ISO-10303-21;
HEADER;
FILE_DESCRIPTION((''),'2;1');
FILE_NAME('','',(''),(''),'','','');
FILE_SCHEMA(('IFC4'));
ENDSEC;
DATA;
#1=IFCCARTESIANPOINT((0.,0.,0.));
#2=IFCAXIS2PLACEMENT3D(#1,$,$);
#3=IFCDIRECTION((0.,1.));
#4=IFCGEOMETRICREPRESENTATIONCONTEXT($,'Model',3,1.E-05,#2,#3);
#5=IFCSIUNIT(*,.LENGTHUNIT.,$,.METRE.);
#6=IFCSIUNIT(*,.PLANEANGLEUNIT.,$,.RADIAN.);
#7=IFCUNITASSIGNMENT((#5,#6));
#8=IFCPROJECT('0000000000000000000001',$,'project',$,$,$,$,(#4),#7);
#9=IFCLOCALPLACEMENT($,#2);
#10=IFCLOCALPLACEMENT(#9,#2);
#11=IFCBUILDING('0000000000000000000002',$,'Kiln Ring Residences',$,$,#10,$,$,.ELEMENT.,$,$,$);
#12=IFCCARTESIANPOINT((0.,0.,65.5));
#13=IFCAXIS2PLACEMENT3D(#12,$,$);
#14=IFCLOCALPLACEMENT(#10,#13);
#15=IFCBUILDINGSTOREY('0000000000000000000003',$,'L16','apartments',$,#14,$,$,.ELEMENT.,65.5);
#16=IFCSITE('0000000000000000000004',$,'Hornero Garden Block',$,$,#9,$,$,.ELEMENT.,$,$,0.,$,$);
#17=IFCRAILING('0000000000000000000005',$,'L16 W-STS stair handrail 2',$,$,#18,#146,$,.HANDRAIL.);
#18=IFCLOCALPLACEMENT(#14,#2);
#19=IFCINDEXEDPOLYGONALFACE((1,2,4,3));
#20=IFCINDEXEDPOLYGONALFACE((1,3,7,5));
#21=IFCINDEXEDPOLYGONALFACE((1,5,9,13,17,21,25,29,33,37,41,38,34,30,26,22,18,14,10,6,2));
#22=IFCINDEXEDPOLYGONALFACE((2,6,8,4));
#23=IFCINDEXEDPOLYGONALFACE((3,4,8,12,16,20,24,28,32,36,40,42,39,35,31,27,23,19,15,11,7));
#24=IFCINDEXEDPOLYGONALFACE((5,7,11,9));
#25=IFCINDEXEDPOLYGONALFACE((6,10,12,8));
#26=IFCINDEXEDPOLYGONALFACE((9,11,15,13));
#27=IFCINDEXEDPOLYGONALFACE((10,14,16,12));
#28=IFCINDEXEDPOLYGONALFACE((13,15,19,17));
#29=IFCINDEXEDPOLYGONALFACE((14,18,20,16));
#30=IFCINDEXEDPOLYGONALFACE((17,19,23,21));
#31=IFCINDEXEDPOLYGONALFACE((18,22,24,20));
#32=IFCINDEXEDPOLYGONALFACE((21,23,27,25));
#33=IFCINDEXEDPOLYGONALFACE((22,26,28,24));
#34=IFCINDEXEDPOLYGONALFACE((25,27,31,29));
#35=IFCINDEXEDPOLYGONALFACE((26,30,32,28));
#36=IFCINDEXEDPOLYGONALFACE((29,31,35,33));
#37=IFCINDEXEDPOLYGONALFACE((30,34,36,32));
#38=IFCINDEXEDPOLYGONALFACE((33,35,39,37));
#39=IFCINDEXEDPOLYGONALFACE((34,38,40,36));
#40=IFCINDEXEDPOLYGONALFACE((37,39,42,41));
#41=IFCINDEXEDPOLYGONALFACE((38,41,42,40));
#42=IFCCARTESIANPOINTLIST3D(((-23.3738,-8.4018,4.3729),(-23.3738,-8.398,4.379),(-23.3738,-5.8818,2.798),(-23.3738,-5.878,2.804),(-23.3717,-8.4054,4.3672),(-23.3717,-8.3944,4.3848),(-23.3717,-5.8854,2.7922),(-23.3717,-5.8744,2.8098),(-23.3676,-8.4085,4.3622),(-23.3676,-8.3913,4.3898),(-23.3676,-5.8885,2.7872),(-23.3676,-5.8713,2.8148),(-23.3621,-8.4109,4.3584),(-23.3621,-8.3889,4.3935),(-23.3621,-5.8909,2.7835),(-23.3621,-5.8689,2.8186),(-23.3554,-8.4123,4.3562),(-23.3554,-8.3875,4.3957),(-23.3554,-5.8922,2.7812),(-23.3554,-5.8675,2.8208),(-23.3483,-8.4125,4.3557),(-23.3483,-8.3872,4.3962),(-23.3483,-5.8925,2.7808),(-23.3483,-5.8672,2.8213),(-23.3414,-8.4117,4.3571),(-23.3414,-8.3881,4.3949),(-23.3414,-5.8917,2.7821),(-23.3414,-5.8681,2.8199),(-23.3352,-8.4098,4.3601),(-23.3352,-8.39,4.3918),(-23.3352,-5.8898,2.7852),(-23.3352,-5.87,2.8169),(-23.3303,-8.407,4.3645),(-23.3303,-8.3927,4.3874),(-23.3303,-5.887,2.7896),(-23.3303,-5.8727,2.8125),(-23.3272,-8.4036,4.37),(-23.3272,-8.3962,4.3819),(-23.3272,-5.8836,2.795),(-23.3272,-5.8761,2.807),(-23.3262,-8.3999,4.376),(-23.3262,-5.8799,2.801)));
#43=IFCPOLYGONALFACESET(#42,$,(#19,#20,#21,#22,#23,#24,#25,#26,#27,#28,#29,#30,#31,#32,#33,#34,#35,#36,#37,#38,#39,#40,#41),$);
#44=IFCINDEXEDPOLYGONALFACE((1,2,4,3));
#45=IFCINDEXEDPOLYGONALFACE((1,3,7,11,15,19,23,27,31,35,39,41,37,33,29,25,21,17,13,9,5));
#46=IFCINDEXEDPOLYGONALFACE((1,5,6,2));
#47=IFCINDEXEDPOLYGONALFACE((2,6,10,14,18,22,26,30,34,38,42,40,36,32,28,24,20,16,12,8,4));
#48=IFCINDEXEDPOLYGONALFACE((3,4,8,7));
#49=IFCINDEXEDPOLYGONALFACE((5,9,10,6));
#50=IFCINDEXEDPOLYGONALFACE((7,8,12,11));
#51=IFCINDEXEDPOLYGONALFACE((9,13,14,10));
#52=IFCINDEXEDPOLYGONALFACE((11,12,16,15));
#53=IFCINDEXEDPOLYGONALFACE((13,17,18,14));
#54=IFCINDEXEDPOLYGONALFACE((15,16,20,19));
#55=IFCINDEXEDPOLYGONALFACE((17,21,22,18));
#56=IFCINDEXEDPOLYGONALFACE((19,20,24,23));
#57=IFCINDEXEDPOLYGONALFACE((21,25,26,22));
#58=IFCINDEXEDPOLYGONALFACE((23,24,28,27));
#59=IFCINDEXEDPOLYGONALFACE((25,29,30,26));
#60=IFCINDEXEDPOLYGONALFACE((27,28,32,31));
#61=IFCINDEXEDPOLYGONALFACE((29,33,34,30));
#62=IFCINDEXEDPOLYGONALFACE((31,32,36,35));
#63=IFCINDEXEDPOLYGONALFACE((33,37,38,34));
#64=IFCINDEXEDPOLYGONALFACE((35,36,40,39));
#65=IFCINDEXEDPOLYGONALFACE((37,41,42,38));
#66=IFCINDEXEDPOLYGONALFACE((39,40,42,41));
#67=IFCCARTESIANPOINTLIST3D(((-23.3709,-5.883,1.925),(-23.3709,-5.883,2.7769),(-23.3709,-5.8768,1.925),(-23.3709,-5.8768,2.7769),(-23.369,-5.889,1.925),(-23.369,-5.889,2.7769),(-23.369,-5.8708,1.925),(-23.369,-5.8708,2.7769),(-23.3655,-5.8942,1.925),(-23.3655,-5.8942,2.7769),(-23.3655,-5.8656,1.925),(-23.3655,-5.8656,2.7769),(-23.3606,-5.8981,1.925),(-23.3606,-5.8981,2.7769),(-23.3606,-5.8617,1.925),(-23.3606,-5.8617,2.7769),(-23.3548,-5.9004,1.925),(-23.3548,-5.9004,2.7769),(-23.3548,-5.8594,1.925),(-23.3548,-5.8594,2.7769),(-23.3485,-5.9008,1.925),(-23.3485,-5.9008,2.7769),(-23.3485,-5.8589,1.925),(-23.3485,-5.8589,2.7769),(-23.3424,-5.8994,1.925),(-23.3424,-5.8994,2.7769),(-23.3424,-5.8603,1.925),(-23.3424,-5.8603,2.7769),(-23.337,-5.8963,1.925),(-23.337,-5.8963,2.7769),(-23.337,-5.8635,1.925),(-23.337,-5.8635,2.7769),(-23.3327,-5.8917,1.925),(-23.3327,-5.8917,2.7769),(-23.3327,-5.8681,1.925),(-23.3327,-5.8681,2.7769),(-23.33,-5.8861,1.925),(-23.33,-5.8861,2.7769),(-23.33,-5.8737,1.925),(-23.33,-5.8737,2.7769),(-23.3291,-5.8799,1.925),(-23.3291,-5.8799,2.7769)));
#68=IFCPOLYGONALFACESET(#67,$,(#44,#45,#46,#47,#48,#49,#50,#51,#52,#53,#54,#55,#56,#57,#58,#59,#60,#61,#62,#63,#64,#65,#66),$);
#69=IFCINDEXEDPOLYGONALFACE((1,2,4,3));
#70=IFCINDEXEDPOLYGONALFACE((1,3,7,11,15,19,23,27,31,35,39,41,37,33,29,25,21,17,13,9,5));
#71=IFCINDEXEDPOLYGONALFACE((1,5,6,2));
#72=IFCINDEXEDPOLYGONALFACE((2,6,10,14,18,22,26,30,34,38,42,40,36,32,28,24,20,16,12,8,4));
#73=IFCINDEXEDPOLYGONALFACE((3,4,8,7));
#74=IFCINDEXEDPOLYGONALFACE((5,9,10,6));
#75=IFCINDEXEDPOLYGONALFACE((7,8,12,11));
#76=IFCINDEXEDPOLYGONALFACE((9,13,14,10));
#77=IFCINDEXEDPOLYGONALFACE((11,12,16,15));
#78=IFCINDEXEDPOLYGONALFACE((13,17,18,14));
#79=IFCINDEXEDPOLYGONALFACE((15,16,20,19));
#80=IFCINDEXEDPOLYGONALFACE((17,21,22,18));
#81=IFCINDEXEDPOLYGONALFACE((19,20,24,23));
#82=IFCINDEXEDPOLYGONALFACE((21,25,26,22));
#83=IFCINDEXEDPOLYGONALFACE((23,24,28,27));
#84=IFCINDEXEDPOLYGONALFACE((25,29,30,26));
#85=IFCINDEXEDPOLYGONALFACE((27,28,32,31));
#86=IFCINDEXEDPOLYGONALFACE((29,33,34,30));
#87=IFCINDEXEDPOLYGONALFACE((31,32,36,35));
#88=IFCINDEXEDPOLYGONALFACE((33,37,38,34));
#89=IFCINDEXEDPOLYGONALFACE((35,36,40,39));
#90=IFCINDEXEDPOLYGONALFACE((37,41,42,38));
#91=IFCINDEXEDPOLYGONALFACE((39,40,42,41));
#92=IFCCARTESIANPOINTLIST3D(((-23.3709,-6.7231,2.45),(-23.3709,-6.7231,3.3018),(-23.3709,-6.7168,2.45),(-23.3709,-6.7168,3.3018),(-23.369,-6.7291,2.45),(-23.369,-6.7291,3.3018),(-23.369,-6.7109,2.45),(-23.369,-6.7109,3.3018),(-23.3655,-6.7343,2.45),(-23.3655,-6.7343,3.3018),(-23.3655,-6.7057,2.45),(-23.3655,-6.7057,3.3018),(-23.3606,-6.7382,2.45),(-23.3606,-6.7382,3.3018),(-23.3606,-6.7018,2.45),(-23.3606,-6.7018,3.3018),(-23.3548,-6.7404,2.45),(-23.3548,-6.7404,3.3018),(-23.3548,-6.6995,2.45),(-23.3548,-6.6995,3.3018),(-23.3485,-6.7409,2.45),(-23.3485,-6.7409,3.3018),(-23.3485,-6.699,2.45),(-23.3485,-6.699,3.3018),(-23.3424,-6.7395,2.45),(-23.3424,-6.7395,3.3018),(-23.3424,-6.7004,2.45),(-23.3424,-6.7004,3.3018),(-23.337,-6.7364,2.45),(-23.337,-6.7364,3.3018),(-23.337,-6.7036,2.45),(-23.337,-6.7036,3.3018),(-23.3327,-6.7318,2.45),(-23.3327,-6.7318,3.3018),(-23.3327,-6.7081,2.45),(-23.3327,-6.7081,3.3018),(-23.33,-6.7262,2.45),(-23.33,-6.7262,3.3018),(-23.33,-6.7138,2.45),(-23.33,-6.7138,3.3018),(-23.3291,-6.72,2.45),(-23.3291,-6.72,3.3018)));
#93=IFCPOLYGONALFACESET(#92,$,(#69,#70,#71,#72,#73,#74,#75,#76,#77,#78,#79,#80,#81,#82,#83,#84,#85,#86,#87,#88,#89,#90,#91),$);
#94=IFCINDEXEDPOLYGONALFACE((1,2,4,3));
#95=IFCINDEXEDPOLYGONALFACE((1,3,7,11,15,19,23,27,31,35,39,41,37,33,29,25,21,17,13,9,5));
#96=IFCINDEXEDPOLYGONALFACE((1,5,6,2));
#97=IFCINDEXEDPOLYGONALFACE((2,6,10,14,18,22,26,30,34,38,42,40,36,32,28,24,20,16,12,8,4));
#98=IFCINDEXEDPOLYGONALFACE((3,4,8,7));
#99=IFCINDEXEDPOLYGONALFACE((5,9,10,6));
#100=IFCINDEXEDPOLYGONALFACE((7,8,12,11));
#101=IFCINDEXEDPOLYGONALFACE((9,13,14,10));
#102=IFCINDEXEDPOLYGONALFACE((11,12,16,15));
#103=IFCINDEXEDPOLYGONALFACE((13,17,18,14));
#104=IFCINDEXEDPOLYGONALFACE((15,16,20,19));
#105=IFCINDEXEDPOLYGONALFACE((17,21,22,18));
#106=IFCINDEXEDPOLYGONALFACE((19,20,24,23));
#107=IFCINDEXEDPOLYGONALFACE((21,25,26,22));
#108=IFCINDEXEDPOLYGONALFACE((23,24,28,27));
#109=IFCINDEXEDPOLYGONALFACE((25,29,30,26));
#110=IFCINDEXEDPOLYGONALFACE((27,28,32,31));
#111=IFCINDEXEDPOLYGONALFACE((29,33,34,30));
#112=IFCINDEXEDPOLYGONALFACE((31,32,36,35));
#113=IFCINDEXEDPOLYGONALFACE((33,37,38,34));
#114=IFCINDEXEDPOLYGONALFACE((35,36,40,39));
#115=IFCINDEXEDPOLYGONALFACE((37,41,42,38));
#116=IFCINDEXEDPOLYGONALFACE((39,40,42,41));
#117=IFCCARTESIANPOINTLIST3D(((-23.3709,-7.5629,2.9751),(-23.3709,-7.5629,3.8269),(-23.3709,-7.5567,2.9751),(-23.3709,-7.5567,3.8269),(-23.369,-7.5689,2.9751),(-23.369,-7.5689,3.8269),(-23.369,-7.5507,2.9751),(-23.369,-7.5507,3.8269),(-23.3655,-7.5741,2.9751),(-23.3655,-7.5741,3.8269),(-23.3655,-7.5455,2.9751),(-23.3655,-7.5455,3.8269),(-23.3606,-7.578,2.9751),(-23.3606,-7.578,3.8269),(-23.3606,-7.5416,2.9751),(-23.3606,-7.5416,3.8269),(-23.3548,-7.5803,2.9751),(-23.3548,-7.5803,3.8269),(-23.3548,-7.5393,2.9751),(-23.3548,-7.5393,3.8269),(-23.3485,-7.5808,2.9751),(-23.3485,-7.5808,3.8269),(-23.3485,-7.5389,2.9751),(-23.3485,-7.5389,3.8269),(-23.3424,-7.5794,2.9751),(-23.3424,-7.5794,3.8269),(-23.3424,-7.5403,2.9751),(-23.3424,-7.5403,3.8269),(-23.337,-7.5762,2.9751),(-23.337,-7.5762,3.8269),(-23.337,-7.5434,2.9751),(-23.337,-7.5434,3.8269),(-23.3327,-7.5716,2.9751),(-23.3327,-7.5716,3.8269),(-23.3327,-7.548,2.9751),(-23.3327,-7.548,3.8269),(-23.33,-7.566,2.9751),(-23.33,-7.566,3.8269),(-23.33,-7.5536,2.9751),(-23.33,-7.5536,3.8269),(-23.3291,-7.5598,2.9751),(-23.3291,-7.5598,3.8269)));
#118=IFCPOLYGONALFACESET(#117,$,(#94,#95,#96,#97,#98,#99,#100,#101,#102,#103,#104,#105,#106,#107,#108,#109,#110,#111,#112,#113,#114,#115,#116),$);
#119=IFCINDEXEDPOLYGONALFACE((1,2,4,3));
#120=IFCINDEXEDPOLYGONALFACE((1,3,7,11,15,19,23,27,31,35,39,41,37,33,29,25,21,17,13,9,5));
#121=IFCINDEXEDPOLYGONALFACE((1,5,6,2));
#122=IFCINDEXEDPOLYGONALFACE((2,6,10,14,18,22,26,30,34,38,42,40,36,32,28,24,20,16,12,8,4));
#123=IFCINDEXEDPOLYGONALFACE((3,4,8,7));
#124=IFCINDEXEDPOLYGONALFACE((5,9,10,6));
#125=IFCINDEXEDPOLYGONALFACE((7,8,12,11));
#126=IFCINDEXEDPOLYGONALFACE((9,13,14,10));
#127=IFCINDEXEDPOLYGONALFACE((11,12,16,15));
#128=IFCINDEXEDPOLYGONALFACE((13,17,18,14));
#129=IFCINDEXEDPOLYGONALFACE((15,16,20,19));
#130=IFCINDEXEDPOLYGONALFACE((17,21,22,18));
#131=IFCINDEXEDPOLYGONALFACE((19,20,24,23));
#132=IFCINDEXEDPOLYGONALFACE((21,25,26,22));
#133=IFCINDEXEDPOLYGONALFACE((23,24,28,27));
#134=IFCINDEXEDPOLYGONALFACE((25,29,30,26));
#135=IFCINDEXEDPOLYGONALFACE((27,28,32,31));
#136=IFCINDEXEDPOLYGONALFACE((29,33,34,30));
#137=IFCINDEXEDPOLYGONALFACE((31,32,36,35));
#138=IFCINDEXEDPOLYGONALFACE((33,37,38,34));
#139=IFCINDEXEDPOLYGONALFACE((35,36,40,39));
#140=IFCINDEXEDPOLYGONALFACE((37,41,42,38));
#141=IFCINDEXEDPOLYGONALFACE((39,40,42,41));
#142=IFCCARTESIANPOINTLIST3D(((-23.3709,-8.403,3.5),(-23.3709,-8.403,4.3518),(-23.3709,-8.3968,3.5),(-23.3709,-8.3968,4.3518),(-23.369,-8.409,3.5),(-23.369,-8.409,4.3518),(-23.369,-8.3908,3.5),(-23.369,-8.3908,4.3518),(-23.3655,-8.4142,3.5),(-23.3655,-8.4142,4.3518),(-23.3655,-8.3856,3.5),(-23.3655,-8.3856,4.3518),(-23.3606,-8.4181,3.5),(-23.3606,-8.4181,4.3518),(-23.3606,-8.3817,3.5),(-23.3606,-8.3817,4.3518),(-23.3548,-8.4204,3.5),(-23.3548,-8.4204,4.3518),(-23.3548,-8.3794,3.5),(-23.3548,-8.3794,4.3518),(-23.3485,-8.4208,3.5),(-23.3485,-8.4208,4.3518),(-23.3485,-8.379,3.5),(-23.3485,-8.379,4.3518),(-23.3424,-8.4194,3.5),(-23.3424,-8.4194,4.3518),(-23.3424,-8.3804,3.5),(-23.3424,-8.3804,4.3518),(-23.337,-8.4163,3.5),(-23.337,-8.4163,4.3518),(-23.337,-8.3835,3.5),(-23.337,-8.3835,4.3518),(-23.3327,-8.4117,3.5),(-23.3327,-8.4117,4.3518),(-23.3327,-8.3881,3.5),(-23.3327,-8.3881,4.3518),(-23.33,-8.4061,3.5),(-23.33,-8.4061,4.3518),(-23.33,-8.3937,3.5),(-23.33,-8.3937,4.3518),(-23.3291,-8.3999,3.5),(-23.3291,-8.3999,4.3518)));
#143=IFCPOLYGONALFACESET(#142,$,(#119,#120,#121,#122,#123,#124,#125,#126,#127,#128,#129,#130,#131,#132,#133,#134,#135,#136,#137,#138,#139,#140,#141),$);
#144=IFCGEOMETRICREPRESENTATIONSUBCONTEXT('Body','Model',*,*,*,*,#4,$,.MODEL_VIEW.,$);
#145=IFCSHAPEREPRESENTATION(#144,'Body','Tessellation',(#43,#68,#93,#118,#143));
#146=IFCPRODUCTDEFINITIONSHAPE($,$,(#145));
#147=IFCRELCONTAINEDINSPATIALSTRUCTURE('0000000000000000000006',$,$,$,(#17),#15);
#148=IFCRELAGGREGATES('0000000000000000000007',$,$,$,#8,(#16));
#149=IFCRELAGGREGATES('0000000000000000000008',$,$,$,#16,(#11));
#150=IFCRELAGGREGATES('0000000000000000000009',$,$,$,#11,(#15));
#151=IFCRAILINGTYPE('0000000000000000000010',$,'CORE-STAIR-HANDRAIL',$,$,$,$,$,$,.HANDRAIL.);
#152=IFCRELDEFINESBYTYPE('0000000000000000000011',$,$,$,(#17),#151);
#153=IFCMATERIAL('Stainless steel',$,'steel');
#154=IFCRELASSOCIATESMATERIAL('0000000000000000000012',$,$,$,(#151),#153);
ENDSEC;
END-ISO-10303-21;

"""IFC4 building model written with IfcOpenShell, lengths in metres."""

from ifc_helpers import new_model, si_unit, direction, frame, origin, origin_2d, place, context, subcontext, project, spatial, circle, extrude, material, type_object, element, save


model = new_model("IFC4")

# Units and contexts
model_context = context("Model", 3, precision=1e-05, world=origin(), true_north=direction((0.0, 1.0)))
body_context = subcontext(model_context, "Body", "Model", "MODEL_VIEW")
ifc_project = project(units=[si_unit("LENGTHUNIT", "METRE"), si_unit("PLANEANGLEUNIT", "RADIAN")], contexts=[model_context])

# Site, building, storey
site_placement = place(None, origin())
site = spatial("IfcSite", under=ifc_project, at=site_placement, Name="Hornero Garden Block", CompositionType="ELEMENT", RefElevation=0.0)
building_placement = place(site_placement, origin())
building = spatial("IfcBuilding", under=site, at=building_placement, Name="Kiln Ring Residences", CompositionType="ELEMENT")
storey_placement = place(building_placement, frame((0.0, 0.0, 65.5)))
storey = spatial("IfcBuildingStorey", under=building, at=storey_placement, Name="L16", Description="apartments", CompositionType="ELEMENT", Elevation=65.5)

# Railing
ifc_material_1 = material(Name="Stainless steel", Category="steel")
railing_type_1 = type_object("IfcRailingType", Name="CORE-STAIR-HANDRAIL", PredefinedType="HANDRAIL", material=ifc_material_1)
railing_1_placement = place(storey_placement, frame((-23.3501, -5.8799, 1.925)))
element("IfcRailing", 1, at=railing_1_placement, inside=storey, type_object=railing_type_1, Name="L16 W-STS stair handrail 2", PredefinedType="HANDRAIL", context=body_context, shape_type="SweptSolid", body=[
    extrude(circle(Radius=0.0239, at=origin_2d()), frame((0.0, 0.0, 0.876), z_axis=(0.0, -0.848008, 0.529984), x_axis=(1.0, 0.0, 0.0)), (0.0, 0.0, 1.0), 2.9717),
    extrude(circle(Radius=0.021, at=origin_2d()), origin(), (0.0, 0.0, 1.0), 0.8518),
    extrude(circle(Radius=0.021, at=origin_2d()), frame((0.0, -0.8401, 0.5249)), (0.0, 0.0, 1.0), 0.8518),
    extrude(circle(Radius=0.021, at=origin_2d()), frame((0.0, -1.6799, 1.05)), (0.0, 0.0, 1.0), 0.8518),
    extrude(circle(Radius=0.021, at=origin_2d()), frame((0.0, -2.52, 1.575)), (0.0, 0.0, 1.0), 0.8518),
])

save(model, "model.ifc")
